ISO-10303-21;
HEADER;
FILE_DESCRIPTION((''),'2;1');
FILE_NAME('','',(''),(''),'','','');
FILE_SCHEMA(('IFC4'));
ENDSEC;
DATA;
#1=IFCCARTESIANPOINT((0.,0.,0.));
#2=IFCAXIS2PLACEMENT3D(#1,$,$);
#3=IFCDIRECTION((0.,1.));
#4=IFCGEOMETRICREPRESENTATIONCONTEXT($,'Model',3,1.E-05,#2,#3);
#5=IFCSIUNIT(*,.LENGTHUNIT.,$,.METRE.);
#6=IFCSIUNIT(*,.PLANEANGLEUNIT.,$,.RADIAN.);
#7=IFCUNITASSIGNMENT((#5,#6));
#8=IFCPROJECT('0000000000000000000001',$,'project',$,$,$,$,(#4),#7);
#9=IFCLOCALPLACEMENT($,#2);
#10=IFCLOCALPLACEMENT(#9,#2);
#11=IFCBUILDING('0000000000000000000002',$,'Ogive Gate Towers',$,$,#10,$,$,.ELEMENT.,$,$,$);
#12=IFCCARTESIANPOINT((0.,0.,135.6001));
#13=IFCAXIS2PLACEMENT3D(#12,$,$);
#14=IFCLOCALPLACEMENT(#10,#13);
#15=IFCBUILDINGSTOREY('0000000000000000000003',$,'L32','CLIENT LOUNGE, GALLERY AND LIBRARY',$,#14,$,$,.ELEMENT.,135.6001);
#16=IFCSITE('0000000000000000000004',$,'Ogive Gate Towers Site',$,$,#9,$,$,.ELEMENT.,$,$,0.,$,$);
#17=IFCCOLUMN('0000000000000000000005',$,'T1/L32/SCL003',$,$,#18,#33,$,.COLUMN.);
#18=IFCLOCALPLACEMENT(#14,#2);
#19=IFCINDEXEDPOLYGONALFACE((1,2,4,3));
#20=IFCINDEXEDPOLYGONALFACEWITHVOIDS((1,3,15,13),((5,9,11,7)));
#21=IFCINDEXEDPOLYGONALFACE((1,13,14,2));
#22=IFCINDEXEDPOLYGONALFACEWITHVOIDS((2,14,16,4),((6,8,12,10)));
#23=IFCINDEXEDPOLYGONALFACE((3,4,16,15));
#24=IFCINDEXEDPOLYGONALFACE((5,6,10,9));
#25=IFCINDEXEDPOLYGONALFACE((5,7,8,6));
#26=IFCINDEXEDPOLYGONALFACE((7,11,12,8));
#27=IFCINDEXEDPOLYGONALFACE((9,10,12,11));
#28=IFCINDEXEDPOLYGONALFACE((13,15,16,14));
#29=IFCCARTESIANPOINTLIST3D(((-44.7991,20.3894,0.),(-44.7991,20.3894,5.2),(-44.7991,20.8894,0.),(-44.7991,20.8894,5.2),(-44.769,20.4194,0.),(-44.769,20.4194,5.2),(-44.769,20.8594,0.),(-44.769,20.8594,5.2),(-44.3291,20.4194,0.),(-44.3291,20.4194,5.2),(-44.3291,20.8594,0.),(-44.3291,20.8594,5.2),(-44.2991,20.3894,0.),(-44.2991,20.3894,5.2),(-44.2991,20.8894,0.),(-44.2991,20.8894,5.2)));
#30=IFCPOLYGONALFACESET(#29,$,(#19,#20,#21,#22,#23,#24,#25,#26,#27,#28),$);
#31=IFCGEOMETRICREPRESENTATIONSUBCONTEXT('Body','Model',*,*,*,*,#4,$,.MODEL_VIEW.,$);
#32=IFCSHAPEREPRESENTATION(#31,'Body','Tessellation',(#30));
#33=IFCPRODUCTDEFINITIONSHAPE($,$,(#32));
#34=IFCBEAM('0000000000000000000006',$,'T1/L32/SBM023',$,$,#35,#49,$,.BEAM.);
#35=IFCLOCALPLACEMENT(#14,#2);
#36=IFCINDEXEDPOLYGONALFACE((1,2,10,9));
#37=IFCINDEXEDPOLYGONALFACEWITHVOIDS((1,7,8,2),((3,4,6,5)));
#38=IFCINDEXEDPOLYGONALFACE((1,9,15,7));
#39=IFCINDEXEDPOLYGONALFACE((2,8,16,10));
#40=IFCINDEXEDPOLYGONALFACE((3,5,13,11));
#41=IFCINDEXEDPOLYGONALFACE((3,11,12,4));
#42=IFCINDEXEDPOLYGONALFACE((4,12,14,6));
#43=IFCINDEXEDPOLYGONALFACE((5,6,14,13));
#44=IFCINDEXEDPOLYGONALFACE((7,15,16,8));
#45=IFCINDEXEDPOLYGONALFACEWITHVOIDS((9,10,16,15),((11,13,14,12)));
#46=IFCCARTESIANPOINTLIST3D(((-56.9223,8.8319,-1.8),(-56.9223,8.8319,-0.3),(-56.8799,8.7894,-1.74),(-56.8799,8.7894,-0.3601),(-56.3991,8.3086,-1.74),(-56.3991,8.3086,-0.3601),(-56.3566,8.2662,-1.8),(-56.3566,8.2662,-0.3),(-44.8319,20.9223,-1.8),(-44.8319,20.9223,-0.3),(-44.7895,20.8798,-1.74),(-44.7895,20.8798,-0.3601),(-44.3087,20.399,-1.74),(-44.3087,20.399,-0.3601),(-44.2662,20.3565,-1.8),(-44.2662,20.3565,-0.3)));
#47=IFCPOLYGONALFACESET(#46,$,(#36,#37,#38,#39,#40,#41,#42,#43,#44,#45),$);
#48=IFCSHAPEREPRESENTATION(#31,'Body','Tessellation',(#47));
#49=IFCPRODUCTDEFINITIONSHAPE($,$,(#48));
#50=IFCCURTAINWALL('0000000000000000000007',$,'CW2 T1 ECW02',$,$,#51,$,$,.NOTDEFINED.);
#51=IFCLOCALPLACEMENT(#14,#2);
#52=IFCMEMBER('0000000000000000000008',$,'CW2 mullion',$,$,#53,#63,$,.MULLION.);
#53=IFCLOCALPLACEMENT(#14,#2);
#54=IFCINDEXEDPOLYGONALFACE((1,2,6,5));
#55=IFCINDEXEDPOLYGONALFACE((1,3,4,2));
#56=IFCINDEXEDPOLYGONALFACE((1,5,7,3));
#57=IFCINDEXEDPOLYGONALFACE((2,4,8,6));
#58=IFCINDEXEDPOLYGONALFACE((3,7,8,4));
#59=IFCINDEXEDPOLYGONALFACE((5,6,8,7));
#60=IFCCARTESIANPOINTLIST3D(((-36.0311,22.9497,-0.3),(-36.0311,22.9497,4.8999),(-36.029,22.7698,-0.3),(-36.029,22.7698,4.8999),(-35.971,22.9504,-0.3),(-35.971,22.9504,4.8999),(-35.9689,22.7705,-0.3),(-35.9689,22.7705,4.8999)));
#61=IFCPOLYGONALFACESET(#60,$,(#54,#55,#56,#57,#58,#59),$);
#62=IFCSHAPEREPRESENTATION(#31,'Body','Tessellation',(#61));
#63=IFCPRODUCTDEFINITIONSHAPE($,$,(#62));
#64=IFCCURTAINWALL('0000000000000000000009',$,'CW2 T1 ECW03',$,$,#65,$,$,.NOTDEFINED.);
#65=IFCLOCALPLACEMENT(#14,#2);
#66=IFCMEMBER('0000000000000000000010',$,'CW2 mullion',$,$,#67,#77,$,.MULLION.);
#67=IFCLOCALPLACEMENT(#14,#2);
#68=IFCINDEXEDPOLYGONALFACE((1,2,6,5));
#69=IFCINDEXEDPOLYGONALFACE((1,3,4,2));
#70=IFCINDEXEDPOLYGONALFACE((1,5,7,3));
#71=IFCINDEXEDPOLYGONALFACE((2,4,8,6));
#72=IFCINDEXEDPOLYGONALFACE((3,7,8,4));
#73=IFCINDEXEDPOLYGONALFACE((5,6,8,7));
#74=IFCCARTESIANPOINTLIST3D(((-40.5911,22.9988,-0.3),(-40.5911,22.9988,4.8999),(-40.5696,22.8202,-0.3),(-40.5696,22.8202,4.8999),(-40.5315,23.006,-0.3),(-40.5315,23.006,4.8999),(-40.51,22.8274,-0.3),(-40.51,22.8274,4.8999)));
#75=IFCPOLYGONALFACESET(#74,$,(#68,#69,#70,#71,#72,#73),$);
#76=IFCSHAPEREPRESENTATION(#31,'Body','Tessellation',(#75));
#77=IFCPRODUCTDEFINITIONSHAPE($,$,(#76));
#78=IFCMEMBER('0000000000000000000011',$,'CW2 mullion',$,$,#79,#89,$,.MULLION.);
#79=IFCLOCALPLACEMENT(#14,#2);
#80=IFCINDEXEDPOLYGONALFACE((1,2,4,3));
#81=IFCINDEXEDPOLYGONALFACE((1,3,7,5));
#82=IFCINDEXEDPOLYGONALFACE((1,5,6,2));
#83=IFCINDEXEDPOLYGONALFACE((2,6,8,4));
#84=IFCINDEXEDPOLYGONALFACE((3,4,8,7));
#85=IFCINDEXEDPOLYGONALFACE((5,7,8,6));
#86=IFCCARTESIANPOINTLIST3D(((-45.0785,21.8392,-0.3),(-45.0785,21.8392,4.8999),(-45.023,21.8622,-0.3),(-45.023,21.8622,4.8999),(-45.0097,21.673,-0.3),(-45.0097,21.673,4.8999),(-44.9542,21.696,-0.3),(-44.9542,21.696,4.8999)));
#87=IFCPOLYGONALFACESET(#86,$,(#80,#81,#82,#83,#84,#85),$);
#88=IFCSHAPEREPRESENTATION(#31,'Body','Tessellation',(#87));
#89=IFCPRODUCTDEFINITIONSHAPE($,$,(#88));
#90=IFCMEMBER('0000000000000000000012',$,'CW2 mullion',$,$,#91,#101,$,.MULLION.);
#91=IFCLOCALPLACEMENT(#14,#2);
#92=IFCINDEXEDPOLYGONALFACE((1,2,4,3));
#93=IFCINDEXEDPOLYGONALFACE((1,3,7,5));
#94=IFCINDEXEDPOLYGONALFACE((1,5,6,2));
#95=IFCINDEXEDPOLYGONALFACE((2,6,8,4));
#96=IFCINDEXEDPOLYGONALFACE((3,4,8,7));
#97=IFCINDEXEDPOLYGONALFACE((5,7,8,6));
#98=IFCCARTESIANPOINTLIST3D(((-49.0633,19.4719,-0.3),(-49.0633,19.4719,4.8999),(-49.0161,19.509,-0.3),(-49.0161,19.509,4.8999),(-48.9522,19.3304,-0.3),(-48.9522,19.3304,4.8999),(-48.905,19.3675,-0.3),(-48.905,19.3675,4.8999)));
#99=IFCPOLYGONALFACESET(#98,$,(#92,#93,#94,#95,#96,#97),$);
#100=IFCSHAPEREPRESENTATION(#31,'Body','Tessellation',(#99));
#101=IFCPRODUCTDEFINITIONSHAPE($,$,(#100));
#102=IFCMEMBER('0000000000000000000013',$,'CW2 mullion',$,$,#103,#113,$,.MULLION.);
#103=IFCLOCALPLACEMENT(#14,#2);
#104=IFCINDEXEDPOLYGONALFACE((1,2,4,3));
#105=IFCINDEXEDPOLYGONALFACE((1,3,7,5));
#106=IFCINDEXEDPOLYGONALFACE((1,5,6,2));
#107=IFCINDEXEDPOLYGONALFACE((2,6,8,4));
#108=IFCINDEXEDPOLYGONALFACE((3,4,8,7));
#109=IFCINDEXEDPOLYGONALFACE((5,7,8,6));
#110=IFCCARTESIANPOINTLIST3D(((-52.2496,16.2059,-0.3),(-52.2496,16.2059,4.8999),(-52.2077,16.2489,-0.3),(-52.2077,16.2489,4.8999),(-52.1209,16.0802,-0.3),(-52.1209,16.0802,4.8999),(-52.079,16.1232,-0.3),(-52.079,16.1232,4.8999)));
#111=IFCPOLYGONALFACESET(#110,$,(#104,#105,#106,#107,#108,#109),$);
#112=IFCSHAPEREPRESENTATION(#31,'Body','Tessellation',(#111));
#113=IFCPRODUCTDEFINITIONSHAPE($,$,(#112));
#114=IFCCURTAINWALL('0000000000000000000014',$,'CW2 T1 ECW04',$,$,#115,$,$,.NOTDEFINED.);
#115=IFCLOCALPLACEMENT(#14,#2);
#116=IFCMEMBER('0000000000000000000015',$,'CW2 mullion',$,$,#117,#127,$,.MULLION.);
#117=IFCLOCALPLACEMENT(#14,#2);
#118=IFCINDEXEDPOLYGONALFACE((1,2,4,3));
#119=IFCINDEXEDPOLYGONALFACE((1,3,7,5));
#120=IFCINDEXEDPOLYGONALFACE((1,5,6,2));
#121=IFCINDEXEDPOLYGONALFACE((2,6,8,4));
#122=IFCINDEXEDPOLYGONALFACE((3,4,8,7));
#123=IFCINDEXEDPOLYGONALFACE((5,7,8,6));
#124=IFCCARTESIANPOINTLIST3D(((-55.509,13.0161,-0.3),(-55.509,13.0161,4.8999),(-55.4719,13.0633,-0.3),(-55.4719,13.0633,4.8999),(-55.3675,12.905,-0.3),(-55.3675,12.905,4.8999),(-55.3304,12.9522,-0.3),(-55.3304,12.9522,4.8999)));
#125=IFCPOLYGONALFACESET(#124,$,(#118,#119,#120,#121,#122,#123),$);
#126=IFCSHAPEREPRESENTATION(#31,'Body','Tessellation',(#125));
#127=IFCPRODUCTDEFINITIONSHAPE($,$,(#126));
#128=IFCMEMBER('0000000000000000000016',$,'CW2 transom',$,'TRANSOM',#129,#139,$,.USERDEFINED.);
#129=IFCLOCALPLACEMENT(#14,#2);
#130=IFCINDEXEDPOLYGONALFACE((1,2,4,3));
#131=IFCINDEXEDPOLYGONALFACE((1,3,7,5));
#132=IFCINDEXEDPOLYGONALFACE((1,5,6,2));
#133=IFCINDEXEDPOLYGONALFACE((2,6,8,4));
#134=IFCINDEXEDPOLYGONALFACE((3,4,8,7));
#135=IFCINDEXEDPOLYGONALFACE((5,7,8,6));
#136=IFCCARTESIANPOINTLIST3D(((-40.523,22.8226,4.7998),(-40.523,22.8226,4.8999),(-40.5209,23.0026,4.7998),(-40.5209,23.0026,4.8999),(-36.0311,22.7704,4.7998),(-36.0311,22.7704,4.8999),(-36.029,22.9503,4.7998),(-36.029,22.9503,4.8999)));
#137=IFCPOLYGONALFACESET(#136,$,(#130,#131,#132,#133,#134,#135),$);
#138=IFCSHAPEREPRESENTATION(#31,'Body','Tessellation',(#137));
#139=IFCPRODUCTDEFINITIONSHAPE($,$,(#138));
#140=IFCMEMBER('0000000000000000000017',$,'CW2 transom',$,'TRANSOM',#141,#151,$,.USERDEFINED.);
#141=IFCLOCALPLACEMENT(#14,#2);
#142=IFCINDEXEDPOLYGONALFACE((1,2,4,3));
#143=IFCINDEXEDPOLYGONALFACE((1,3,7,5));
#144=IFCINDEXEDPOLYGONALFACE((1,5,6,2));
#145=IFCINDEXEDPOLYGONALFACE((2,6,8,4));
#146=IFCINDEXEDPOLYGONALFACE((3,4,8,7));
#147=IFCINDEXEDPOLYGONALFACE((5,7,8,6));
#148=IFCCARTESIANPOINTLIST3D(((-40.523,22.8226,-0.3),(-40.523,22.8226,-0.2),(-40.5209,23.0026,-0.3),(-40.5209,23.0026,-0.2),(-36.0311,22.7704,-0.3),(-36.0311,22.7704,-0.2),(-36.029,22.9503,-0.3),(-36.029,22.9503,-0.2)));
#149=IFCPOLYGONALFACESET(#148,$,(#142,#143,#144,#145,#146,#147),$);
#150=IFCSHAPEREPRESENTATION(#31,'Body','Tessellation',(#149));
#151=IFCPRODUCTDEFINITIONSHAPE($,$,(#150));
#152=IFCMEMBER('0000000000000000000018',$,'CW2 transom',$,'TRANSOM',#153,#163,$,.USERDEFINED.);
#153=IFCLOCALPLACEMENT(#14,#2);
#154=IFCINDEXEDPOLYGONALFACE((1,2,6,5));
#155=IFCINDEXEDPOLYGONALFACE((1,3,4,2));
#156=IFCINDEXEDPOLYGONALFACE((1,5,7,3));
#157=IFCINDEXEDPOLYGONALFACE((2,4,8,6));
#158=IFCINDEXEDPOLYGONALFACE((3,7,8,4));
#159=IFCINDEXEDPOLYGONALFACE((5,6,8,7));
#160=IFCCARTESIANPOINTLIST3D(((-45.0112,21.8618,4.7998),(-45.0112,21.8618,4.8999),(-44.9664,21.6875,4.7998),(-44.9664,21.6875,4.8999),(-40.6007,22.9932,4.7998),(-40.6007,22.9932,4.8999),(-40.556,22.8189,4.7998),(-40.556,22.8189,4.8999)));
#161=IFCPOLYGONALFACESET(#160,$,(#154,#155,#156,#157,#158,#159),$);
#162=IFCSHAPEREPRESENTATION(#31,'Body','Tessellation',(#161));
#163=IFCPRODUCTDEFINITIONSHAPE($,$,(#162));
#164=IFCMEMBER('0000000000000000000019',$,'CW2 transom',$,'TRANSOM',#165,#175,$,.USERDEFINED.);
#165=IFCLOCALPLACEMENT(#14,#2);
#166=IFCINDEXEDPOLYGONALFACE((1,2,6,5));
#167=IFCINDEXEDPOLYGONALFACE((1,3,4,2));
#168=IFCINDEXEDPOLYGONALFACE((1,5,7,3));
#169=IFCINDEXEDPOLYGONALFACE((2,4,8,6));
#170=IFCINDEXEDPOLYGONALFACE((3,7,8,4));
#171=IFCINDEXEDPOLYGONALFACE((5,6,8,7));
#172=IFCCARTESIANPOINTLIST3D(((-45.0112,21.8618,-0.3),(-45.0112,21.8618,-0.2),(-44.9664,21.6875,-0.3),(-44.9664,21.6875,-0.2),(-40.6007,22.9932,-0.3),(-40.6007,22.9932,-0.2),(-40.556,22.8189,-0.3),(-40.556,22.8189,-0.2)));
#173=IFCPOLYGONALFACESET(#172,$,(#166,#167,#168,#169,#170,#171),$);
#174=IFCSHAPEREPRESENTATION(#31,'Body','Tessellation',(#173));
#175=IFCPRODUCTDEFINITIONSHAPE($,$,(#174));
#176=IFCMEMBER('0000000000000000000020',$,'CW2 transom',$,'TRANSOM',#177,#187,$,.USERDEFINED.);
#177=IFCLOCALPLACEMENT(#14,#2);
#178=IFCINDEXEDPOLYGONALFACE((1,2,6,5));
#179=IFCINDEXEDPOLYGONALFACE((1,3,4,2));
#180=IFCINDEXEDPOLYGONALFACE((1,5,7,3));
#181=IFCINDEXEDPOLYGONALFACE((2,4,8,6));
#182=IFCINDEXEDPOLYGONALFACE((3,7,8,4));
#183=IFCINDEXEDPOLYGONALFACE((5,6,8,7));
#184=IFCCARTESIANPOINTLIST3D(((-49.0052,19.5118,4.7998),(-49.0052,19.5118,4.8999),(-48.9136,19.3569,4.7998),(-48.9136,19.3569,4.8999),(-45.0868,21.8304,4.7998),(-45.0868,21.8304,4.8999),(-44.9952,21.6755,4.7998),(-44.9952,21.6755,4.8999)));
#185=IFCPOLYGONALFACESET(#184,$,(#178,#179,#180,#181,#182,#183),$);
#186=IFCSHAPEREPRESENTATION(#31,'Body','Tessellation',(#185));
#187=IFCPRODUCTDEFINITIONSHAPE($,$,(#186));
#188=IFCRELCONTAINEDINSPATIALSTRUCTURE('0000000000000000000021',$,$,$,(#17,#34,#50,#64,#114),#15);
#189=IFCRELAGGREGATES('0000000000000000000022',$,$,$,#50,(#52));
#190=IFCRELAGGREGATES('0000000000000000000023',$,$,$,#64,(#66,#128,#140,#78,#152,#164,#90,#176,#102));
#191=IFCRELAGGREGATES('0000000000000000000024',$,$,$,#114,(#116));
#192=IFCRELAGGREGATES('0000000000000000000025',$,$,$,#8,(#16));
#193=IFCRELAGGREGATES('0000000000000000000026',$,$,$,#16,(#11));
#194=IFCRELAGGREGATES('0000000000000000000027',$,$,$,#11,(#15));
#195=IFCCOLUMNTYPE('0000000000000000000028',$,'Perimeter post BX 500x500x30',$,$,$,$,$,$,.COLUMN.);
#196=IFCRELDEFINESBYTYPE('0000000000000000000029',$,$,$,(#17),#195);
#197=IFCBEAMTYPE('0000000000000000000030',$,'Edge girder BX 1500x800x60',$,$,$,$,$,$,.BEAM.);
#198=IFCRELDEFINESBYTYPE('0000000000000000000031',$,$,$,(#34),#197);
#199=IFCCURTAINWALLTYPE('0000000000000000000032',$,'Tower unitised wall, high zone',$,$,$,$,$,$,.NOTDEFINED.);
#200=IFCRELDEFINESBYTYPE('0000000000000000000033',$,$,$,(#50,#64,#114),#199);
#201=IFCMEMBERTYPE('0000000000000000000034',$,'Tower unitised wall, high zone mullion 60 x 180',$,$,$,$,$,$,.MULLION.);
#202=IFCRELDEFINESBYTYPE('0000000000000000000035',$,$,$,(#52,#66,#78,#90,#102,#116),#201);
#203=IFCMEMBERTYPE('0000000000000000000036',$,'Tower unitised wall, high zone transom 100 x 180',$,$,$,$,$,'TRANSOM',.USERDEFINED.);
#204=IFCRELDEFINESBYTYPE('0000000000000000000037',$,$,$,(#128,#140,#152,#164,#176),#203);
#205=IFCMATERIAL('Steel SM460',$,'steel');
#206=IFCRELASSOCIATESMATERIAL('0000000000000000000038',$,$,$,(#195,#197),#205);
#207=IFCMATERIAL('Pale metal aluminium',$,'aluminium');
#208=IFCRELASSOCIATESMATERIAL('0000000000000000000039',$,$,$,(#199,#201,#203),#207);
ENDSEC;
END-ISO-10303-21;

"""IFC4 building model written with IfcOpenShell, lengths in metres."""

from ifc_helpers import new_model, si_unit, direction, frame, origin, origin_2d, place, context, subcontext, project, spatial, rectangle, hollow_rectangle, extrude, material, material_profile, profile_set, type_object, element, aggregate, save


model = new_model("IFC4")

# Units and contexts
model_context = context("Model", 3, precision=1e-05, world=origin(), true_north=direction((0.0, 1.0)))
body_context = subcontext(model_context, "Body", "Model", "MODEL_VIEW")
ifc_project = project(units=[si_unit("LENGTHUNIT", "METRE"), si_unit("PLANEANGLEUNIT", "RADIAN")], contexts=[model_context])

# Site, building, storey
site_placement = place(None, origin())
site = spatial("IfcSite", under=ifc_project, at=site_placement, Name="Ogive Gate Towers Site", CompositionType="ELEMENT", RefElevation=0.0)
building_placement = place(site_placement, origin())
building = spatial("IfcBuilding", under=site, at=building_placement, Name="Ogive Gate Towers", CompositionType="ELEMENT")
storey_placement = place(building_placement, frame((0.0, 0.0, 135.6001)))
storey = spatial("IfcBuildingStorey", under=building, at=storey_placement, Name="L32", Description="CLIENT LOUNGE, GALLERY AND LIBRARY", CompositionType="ELEMENT", Elevation=135.6001)

# Column
ifc_material_1 = material(Name="Steel SM460", Category="steel")
ifc_material_profile_1 = material_profile(ifc_material_1, hollow_rectangle(XDim=0.5, YDim=0.5, WallThickness=0.03, at=origin_2d()), Name="BX 500x500x30")
ifc_profile_set_1 = profile_set([ifc_material_profile_1], Name="Steel SM460")
column_type = type_object("IfcColumnType", Name="Perimeter post BX 500x500x30", PredefinedType="COLUMN", material=ifc_profile_set_1)
column_placement = place(storey_placement, frame((-44.5491, 20.6394, 0.0), z_axis=(0.0, 0.0, 1.0), x_axis=(1.0, 0.0, 0.0)))
element("IfcColumn", 1, at=column_placement, inside=storey, type_object=column_type, Name="T1/L32/SCL003", PredefinedType="COLUMN", context=body_context, shape_type="SweptSolid", body=[
    extrude(hollow_rectangle(XDim=0.5, YDim=0.5, WallThickness=0.03, at=origin_2d()), origin(), (0.0, 0.0, 1.0), 5.2),
])

# Beam
ifc_material_profile_2 = material_profile(ifc_material_1, hollow_rectangle(XDim=0.8, YDim=1.5, WallThickness=0.0601, at=origin_2d()), Name="BX 1500x800x60")
ifc_profile_set_2 = profile_set([ifc_material_profile_2], Name="Steel SM460")
beam_type = type_object("IfcBeamType", Name="Edge girder BX 1500x800x60", PredefinedType="BEAM", material=ifc_profile_set_2)
beam_placement = place(storey_placement, frame((-44.5491, 20.6394, -1.05), z_axis=(-0.707107, -0.707107, 0.0), x_axis=(0.707107, -0.707107, 0.0)))
element("IfcBeam", 2, at=beam_placement, inside=storey, type_object=beam_type, Name="T1/L32/SBM023", PredefinedType="BEAM", context=body_context, shape_type="SweptSolid", body=[
    extrude(hollow_rectangle(XDim=0.8, YDim=1.5, WallThickness=0.0601, at=origin_2d()), origin(), (0.0, 0.0, 1.0), 17.0984),
])

# Curtain wall, member
ifc_material_2 = material(Name="Pale metal aluminium", Category="aluminium")
curtain_wall_type = type_object("IfcCurtainWallType", Name="Tower unitised wall, high zone", PredefinedType="NOTDEFINED", material=ifc_material_2)
curtain_wall_1_placement = place(storey_placement, origin())
curtain_wall_1 = element("IfcCurtainWall", 3, at=curtain_wall_1_placement, inside=storey, type_object=curtain_wall_type, Name="CW2 T1 ECW02", PredefinedType="NOTDEFINED")
ifc_material_profile_3 = material_profile(ifc_material_2, rectangle(XDim=0.1799, YDim=0.0601, at=origin_2d()), Name="60 x 180 aluminium box")
ifc_profile_set_3 = profile_set([ifc_material_profile_3], Name="Pale metal aluminium")
member_type_1 = type_object("IfcMemberType", Name="Tower unitised wall, high zone mullion 60 x 180", PredefinedType="MULLION", material=ifc_profile_set_3)
member_1_placement = place(storey_placement, frame((-36.0, 22.8601, -0.3), z_axis=(0.0, 0.0, 1.0), x_axis=(-0.011641, 0.999932, 0.0)))
member_1 = element("IfcMember", 4, at=member_1_placement, type_object=member_type_1, Name="CW2 mullion", PredefinedType="MULLION", context=body_context, shape_type="SweptSolid", body=[
    extrude(rectangle(XDim=0.1799, YDim=0.0601, at=origin_2d()), origin(), (0.0, 0.0, 1.0), 5.2),
])
aggregate(curtain_wall_1, [member_1])

# Curtain wall, members
curtain_wall_2_placement = place(storey_placement, origin())
curtain_wall_2 = element("IfcCurtainWall", 5, at=curtain_wall_2_placement, inside=storey, type_object=curtain_wall_type, Name="CW2 T1 ECW03", PredefinedType="NOTDEFINED")
member_2_placement = place(storey_placement, frame((-40.5505, 22.9131, -0.3), z_axis=(0.0, 0.0, 1.0), x_axis=(-0.119444, 0.992841, 0.0)))
member_2 = element("IfcMember", 6, at=member_2_placement, type_object=member_type_1, Name="CW2 mullion", PredefinedType="MULLION", context=body_context, shape_type="SweptSolid", body=[
    extrude(rectangle(XDim=0.1799, YDim=0.0601, at=origin_2d()), origin(), (0.0, 0.0, 1.0), 5.2),
])
member_3_placement = place(storey_placement, frame((-45.0164, 21.7676, -0.3), z_axis=(0.0, 0.0, 1.0), x_axis=(-0.382683, 0.92388, 0.0)))
member_3 = element("IfcMember", 7, at=member_3_placement, type_object=member_type_1, Name="CW2 mullion", PredefinedType="MULLION", context=body_context, shape_type="SweptSolid", body=[
    extrude(rectangle(XDim=0.1799, YDim=0.0601, at=origin_2d()), origin(), (0.0, 0.0, 1.0), 5.2),
])
member_4_placement = place(storey_placement, frame((-48.9841, 19.4197, -0.3), z_axis=(0.0, 0.0, 1.0), x_axis=(-0.617585, 0.786504, 0.0)))
member_4 = element("IfcMember", 8, at=member_4_placement, type_object=member_type_1, Name="CW2 mullion", PredefinedType="MULLION", context=body_context, shape_type="SweptSolid", body=[
    extrude(rectangle(XDim=0.1799, YDim=0.0601, at=origin_2d()), origin(), (0.0, 0.0, 1.0), 5.2),
])
member_5_placement = place(storey_placement, frame((-52.1643, 16.1646, -0.3), z_axis=(0.0, 0.0, 1.0), x_axis=(-0.715303, 0.698815, 0.0)))
member_5 = element("IfcMember", 9, at=member_5_placement, type_object=member_type_1, Name="CW2 mullion", PredefinedType="MULLION", context=body_context, shape_type="SweptSolid", body=[
    extrude(rectangle(XDim=0.1799, YDim=0.0601, at=origin_2d()), origin(), (0.0, 0.0, 1.0), 5.2),
])

# Curtain wall, member
curtain_wall_3_placement = place(storey_placement, origin())
curtain_wall_3 = element("IfcCurtainWall", 10, at=curtain_wall_3_placement, inside=storey, type_object=curtain_wall_type, Name="CW2 T1 ECW04", PredefinedType="NOTDEFINED")
member_6_placement = place(storey_placement, frame((-55.4197, 12.9841, -0.3), z_axis=(0.0, 0.0, 1.0), x_axis=(-0.786504, 0.617585, 0.0)))
member_6 = element("IfcMember", 11, at=member_6_placement, type_object=member_type_1, Name="CW2 mullion", PredefinedType="MULLION", context=body_context, shape_type="SweptSolid", body=[
    extrude(rectangle(XDim=0.1799, YDim=0.0601, at=origin_2d()), origin(), (0.0, 0.0, 1.0), 5.2),
])

# Members
ifc_material_profile_4 = material_profile(ifc_material_2, rectangle(XDim=0.1799, YDim=0.1001, at=origin_2d()), Name="100 x 180 aluminium box")
ifc_profile_set_4 = profile_set([ifc_material_profile_4], Name="Pale metal aluminium")
member_type_2 = type_object("IfcMemberType", Name="Tower unitised wall, high zone transom 100 x 180", ElementType="TRANSOM", PredefinedType="USERDEFINED", material=ifc_profile_set_4)
member_7_placement = place(storey_placement, frame((-36.03, 22.8604, 4.8499), z_axis=(-0.999932, 0.01163, 0.0), x_axis=(-0.01163, -0.999932, 0.0)))
member_7 = element("IfcMember", 12, at=member_7_placement, type_object=member_type_2, Name="CW2 transom", ObjectType="TRANSOM", PredefinedType="USERDEFINED", context=body_context, shape_type="SweptSolid", body=[
    extrude(rectangle(XDim=0.1799, YDim=0.1001, at=origin_2d()), origin(), (0.0, 0.0, 1.0), 4.4922),
])
member_8_placement = place(storey_placement, frame((-36.03, 22.8604, -0.25), z_axis=(-0.999932, 0.01163, 0.0), x_axis=(-0.01163, -0.999932, 0.0)))
member_8 = element("IfcMember", 13, at=member_8_placement, type_object=member_type_2, Name="CW2 transom", ObjectType="TRANSOM", PredefinedType="USERDEFINED", context=body_context, shape_type="SweptSolid", body=[
    extrude(rectangle(XDim=0.1799, YDim=0.1001, at=origin_2d()), origin(), (0.0, 0.0, 1.0), 4.4922),
])
member_9_placement = place(storey_placement, frame((-40.5784, 22.906, 4.8499), z_axis=(-0.968639, -0.248473, 0.0), x_axis=(0.248473, -0.968639, 0.0)))
member_9 = element("IfcMember", 14, at=member_9_placement, type_object=member_type_2, Name="CW2 transom", ObjectType="TRANSOM", PredefinedType="USERDEFINED", context=body_context, shape_type="SweptSolid", body=[
    extrude(rectangle(XDim=0.1799, YDim=0.1001, at=origin_2d()), origin(), (0.0, 0.0, 1.0), 4.5532),
])
member_10_placement = place(storey_placement, frame((-40.5784, 22.906, -0.25), z_axis=(-0.968639, -0.248473, 0.0), x_axis=(0.248473, -0.968639, 0.0)))
member_10 = element("IfcMember", 15, at=member_10_placement, type_object=member_type_2, Name="CW2 transom", ObjectType="TRANSOM", PredefinedType="USERDEFINED", context=body_context, shape_type="SweptSolid", body=[
    extrude(rectangle(XDim=0.1799, YDim=0.1001, at=origin_2d()), origin(), (0.0, 0.0, 1.0), 4.5532),
])
member_11_placement = place(storey_placement, frame((-45.041, 21.7529, 4.8499), z_axis=(-0.860623, -0.509242, 0.0), x_axis=(0.509242, -0.860623, 0.0)))
member_11 = element("IfcMember", 16, at=member_11_placement, type_object=member_type_2, Name="CW2 transom", ObjectType="TRANSOM", PredefinedType="USERDEFINED", context=body_context, shape_type="SweptSolid", body=[
    extrude(rectangle(XDim=0.1799, YDim=0.1001, at=origin_2d()), origin(), (0.0, 0.0, 1.0), 4.553),
])

aggregate(curtain_wall_2, [member_2, member_7, member_8, member_3, member_9, member_10, member_4, member_11, member_5])
aggregate(curtain_wall_3, [member_6])

save(model, "model.ifc")
